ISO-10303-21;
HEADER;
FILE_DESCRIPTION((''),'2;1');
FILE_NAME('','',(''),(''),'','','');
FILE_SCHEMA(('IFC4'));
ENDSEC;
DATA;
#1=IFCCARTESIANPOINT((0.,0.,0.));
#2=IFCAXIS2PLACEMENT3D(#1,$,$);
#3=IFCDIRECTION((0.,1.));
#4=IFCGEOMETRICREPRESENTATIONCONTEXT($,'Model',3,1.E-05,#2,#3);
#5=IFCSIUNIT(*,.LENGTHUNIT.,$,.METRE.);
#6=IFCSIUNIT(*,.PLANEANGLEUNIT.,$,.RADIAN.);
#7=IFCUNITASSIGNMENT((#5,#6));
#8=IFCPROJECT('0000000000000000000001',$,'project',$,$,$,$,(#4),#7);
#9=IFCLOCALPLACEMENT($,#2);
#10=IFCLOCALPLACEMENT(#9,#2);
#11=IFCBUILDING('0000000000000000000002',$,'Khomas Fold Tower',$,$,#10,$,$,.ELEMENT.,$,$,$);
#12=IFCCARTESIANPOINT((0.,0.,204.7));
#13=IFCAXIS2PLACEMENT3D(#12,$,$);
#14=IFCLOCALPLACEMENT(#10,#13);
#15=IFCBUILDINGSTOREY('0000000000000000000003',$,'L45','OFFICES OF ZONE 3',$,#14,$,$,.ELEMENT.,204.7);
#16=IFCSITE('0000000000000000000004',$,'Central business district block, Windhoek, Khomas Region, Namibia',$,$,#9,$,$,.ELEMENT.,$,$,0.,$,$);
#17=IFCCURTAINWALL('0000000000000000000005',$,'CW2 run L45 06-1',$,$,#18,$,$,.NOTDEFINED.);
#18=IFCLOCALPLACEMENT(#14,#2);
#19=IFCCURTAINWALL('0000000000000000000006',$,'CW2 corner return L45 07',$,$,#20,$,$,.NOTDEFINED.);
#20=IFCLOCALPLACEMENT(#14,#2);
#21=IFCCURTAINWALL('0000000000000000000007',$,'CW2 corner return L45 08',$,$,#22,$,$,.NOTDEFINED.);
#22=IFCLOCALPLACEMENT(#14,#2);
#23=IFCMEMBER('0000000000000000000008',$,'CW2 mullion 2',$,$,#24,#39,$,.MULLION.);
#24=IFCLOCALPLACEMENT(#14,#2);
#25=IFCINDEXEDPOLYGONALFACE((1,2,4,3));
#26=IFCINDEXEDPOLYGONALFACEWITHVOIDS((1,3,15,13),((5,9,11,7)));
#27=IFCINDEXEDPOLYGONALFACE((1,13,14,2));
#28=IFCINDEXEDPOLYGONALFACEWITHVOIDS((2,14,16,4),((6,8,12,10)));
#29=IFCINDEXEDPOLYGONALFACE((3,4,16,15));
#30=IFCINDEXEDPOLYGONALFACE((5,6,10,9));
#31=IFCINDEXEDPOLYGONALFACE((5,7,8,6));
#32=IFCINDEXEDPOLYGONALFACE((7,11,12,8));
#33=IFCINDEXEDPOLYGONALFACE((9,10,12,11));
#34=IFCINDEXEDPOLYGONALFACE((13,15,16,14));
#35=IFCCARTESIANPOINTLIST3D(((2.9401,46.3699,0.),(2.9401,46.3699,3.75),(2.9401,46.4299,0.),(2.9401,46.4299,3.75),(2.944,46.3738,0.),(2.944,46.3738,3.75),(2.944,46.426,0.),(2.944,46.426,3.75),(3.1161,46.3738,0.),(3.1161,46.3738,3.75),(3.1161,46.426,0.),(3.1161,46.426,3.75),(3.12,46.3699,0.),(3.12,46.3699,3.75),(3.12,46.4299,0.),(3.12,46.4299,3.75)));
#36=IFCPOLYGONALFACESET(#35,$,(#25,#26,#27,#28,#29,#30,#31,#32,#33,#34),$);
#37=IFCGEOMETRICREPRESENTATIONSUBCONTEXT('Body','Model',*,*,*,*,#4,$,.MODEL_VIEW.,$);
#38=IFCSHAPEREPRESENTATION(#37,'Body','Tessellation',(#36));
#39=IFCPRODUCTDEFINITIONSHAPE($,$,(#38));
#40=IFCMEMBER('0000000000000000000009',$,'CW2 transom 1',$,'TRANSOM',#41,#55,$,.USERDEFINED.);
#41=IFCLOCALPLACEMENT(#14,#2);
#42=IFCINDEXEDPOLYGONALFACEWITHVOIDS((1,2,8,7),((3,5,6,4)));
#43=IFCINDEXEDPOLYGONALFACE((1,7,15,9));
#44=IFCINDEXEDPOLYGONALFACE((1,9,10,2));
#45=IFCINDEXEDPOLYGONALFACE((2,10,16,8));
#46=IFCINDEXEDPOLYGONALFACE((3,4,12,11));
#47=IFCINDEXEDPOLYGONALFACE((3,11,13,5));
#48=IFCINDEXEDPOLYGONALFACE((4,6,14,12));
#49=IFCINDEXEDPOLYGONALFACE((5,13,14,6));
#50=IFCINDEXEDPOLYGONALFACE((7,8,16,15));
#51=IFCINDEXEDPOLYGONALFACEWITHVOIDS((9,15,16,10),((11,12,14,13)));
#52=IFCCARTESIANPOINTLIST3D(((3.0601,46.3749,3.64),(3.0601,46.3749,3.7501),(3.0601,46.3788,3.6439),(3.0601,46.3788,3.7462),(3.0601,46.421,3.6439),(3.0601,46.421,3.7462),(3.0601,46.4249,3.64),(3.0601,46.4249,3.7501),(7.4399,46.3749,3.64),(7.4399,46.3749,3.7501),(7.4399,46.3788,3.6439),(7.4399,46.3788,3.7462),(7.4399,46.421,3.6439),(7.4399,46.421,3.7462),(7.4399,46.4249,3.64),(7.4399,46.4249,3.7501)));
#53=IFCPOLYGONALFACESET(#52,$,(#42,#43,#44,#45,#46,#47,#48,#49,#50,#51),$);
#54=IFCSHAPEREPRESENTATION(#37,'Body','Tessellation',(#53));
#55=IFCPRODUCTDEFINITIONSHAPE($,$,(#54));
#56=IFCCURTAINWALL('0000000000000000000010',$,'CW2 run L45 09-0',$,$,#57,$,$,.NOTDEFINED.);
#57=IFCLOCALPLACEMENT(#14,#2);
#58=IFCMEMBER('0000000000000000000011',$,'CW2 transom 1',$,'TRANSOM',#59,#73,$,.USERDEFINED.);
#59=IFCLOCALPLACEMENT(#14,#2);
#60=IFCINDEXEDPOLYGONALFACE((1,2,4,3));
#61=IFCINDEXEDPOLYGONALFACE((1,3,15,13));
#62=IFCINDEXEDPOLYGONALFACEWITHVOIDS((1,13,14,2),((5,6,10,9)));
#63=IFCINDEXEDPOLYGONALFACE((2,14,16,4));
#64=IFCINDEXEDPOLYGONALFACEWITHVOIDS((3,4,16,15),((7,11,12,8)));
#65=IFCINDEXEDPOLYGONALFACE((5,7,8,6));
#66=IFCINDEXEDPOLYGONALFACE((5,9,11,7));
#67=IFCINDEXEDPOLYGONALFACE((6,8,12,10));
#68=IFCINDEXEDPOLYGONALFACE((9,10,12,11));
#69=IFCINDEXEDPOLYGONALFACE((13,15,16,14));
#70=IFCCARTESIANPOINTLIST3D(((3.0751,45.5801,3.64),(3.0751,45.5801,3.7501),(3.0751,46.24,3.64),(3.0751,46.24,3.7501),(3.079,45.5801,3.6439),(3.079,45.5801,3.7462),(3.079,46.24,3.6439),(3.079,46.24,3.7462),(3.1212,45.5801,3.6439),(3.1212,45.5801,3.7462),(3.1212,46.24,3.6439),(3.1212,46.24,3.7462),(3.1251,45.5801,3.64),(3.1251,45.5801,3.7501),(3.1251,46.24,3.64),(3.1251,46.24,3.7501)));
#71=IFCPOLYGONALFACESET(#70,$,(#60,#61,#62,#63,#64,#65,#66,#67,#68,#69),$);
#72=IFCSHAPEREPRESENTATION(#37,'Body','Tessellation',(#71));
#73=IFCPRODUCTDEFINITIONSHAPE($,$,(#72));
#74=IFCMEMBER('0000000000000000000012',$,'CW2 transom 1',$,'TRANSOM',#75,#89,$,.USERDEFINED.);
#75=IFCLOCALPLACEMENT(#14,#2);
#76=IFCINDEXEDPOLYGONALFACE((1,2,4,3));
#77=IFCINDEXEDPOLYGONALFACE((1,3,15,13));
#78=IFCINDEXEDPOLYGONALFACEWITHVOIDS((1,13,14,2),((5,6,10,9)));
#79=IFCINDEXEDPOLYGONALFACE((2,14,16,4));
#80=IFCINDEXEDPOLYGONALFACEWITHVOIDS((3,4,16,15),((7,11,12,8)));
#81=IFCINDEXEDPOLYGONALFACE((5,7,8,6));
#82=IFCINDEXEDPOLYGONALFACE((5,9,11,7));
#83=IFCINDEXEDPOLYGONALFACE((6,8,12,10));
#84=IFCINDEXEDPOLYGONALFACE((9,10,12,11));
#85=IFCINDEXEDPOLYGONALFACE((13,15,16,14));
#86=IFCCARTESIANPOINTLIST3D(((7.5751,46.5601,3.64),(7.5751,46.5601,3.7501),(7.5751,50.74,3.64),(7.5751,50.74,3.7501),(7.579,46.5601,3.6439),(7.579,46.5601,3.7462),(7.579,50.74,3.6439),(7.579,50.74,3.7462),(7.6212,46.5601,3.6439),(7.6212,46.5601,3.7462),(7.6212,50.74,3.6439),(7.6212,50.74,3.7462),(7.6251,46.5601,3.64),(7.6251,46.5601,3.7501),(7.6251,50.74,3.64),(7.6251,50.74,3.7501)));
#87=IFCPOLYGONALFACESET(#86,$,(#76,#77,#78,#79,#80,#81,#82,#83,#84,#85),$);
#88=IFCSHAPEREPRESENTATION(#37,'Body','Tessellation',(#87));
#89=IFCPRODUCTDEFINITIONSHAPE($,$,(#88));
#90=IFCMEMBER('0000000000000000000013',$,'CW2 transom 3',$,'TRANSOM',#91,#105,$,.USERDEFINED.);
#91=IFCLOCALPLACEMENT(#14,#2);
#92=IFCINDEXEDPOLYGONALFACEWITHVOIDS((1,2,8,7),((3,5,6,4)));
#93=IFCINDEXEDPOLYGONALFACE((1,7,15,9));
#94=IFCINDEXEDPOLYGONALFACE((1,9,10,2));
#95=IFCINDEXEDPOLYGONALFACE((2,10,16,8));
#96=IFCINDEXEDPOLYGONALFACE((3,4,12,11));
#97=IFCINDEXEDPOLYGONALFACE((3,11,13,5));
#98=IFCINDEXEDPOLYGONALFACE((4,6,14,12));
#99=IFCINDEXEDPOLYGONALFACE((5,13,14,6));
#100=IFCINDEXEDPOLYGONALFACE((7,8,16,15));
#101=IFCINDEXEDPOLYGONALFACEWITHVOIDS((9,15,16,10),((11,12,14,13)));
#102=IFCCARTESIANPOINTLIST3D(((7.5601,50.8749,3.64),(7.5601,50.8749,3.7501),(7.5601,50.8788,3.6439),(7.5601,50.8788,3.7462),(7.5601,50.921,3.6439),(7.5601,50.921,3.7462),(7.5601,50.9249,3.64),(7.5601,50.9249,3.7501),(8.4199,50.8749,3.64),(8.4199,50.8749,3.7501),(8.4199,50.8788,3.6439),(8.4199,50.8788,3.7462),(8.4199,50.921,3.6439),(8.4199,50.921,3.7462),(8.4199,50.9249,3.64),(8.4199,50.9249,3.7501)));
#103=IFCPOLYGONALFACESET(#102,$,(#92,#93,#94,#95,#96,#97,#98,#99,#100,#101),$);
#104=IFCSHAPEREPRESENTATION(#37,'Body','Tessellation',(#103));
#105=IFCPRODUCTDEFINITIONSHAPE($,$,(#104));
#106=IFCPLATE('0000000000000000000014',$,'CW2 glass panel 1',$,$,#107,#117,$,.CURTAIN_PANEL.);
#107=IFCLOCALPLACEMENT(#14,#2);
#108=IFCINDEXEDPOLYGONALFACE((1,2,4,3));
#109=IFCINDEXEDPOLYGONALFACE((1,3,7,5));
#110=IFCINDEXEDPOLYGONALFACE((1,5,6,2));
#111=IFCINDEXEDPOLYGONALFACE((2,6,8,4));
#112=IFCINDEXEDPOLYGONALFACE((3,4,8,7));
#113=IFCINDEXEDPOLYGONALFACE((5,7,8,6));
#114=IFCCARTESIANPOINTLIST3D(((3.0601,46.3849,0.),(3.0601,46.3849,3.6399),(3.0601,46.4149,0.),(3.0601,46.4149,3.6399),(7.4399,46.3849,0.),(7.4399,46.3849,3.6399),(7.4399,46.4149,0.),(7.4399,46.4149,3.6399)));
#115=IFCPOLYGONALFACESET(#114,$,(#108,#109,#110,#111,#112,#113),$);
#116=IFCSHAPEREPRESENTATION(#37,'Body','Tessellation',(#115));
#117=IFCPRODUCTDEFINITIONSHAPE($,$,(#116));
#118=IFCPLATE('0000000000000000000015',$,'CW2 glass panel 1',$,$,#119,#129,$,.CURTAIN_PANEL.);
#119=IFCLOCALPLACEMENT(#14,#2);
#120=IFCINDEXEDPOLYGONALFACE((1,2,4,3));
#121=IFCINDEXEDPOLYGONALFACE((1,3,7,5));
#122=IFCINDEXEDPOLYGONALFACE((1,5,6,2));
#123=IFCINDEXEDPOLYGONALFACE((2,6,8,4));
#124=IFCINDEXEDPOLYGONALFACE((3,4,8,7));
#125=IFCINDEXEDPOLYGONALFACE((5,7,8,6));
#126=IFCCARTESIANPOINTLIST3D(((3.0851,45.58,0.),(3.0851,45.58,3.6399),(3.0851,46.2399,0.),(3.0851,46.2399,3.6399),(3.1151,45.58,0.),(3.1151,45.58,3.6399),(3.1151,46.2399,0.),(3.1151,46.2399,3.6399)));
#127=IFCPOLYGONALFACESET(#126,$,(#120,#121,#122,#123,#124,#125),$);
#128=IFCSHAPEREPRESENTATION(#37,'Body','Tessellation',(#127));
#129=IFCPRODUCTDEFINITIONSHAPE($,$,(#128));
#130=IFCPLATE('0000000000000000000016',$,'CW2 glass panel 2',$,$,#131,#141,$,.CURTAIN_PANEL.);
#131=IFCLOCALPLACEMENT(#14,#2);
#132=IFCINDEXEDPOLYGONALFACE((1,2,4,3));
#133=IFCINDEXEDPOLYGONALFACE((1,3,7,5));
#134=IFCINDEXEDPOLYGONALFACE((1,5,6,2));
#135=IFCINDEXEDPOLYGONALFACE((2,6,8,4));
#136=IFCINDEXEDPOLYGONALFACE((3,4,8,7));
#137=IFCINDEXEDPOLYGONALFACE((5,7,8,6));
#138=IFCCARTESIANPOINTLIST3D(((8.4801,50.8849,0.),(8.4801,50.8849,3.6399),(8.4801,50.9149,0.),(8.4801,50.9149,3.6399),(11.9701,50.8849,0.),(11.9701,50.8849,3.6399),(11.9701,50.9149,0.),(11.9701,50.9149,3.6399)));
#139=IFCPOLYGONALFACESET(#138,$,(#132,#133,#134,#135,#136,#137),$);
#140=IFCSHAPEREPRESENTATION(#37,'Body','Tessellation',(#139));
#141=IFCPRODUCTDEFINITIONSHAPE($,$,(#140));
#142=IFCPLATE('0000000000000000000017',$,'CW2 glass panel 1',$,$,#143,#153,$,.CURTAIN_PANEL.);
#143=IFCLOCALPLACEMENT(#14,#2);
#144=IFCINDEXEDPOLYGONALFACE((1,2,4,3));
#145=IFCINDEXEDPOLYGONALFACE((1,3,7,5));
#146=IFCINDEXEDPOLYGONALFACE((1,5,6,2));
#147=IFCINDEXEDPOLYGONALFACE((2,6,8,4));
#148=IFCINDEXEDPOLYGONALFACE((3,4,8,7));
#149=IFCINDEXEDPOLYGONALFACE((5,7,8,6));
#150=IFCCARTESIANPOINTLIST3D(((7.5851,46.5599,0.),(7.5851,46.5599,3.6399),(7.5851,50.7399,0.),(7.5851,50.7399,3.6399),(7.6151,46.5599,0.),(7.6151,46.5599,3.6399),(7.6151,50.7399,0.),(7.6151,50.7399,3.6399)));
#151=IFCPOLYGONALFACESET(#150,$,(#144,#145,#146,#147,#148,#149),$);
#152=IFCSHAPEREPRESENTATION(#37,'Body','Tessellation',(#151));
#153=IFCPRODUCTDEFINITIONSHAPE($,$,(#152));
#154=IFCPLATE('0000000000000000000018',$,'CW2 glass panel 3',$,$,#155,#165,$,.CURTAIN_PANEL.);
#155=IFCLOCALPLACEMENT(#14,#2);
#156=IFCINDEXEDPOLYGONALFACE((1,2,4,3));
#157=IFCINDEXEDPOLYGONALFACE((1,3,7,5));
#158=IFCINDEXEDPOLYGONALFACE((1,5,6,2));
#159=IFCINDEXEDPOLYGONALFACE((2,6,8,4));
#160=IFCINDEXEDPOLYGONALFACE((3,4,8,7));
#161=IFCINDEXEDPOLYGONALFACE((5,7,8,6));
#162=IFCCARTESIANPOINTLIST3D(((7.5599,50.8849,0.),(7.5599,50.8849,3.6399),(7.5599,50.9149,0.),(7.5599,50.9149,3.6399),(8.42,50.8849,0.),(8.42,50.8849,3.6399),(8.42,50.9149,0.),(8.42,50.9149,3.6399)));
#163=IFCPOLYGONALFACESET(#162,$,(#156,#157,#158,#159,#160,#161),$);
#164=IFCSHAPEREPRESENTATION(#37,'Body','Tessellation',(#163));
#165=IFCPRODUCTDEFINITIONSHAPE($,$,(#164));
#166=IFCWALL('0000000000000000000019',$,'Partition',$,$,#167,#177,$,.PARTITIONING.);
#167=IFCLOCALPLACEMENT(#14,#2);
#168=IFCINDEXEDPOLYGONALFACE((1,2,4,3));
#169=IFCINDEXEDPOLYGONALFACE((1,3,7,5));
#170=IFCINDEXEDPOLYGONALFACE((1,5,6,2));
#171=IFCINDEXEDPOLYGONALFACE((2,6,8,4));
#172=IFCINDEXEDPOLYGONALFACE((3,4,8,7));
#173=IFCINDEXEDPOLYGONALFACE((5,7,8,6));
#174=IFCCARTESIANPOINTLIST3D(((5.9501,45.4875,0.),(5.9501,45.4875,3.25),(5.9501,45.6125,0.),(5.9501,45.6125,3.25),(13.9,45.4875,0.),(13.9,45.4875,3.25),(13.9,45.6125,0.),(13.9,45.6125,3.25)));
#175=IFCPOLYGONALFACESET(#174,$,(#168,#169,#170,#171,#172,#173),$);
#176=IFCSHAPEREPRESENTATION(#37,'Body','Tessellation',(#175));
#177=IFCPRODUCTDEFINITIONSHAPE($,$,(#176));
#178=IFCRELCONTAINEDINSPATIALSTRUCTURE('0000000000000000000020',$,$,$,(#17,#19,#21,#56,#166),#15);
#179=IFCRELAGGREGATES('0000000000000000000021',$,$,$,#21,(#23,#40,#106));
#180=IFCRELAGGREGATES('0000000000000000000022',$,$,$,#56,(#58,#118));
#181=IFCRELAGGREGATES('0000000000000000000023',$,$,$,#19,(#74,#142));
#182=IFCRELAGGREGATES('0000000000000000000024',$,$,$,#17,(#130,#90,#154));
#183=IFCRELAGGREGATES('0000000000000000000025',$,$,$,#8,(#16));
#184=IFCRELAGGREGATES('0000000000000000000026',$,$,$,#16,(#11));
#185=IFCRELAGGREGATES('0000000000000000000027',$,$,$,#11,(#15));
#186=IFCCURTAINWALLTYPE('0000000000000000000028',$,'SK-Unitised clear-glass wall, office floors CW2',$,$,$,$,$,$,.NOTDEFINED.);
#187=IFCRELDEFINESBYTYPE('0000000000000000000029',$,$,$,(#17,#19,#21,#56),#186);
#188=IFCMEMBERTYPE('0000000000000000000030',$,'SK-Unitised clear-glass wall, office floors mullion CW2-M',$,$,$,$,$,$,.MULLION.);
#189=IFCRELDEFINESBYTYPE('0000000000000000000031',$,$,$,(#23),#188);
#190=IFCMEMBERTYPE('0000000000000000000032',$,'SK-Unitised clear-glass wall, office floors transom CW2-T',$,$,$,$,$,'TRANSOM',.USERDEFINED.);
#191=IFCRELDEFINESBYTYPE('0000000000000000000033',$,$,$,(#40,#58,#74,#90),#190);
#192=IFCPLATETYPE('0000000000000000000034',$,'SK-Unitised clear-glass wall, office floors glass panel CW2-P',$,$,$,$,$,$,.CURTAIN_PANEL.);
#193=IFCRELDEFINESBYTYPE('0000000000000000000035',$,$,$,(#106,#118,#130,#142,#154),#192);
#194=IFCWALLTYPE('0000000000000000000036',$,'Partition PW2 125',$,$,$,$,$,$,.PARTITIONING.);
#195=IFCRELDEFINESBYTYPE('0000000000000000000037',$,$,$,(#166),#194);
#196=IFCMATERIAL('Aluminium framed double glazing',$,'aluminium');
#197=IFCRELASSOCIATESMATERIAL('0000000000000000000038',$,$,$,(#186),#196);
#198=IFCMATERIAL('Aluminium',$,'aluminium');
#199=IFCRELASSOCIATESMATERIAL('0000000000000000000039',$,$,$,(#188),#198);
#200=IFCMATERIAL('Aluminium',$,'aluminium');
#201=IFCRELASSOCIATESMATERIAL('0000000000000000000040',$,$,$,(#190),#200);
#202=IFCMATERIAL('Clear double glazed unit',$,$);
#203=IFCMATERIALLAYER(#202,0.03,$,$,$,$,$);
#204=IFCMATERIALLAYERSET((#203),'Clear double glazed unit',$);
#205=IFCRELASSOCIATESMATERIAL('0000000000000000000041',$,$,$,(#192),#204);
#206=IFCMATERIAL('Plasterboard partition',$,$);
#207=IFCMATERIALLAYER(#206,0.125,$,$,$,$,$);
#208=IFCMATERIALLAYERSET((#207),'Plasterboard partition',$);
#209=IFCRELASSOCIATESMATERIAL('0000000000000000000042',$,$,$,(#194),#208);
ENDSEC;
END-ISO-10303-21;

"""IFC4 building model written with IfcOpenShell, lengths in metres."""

from ifc_helpers import new_model, si_unit, direction, frame, frame_2d, origin, origin_2d, place, context, subcontext, project, spatial, rectangle, hollow_rectangle, extrude, source, transform, mapped, material, layer, layer_set, material_profile, profile_set, type_object, element, aggregate, save


model = new_model("IFC4")

# Units and contexts
model_context = context("Model", 3, precision=1e-05, world=origin(), true_north=direction((0.0, 1.0)))
body_context = subcontext(model_context, "Body", "Model", "MODEL_VIEW")
ifc_project = project(units=[si_unit("LENGTHUNIT", "METRE"), si_unit("PLANEANGLEUNIT", "RADIAN")], contexts=[model_context])

# Site, building, storey
site_placement = place(None, origin())
site = spatial("IfcSite", under=ifc_project, at=site_placement, Name="Central business district block, Windhoek, Khomas Region, Namibia", CompositionType="ELEMENT", RefElevation=0.0)
building_placement = place(site_placement, origin())
building = spatial("IfcBuilding", under=site, at=building_placement, Name="Khomas Fold Tower", CompositionType="ELEMENT")
storey_placement = place(building_placement, frame((0.0, 0.0, 204.7)))
storey = spatial("IfcBuildingStorey", under=building, at=storey_placement, Name="L45", Description="OFFICES OF ZONE 3", CompositionType="ELEMENT", Elevation=204.7)

# Curtain walls, members
ifc_material_1 = material(Name="Aluminium framed double glazing", Category="aluminium")
curtain_wall_type = type_object("IfcCurtainWallType", Name="SK-Unitised clear-glass wall, office floors CW2", PredefinedType="NOTDEFINED", material=ifc_material_1)
curtain_wall_1_placement = place(storey_placement, origin())
curtain_wall_1 = element("IfcCurtainWall", 1, at=curtain_wall_1_placement, inside=storey, type_object=curtain_wall_type, Name="CW2 run L45 06-1", PredefinedType="NOTDEFINED")
ifc_material_2 = material(Name="Aluminium", Category="aluminium")
ifc_material_profile_1 = material_profile(ifc_material_2, hollow_rectangle(XDim=0.0601, YDim=0.1799, WallThickness=0.0039, at=origin_2d()), Name="SK-Unitised clear-glass wall, office floors mullion CW2-M")
ifc_profile_set_1 = profile_set([ifc_material_profile_1], Name="Aluminium")
member_type_1 = type_object("IfcMemberType", Name="SK-Unitised clear-glass wall, office floors mullion CW2-M", PredefinedType="MULLION", material=ifc_profile_set_1)
shared_shape_1 = source(origin(), body_context, "Body", "SweptSolid", [
    extrude(hollow_rectangle(XDim=0.0601, YDim=0.1799, WallThickness=0.0039, at=origin_2d()), origin(), (0.0, 0.0, 1.0), 3.75),
])
curtain_wall_2_placement = place(storey_placement, origin())
curtain_wall_2 = element("IfcCurtainWall", 2, at=curtain_wall_2_placement, inside=storey, type_object=curtain_wall_type, Name="CW2 corner return L45 07", PredefinedType="NOTDEFINED")
curtain_wall_3_placement = place(storey_placement, origin())
curtain_wall_3 = element("IfcCurtainWall", 3, at=curtain_wall_3_placement, inside=storey, type_object=curtain_wall_type, Name="CW2 corner return L45 08", PredefinedType="NOTDEFINED")
member_1_placement = place(storey_placement, frame((3.03, 46.3999, 0.0), z_axis=(0.0, 0.0, 1.0), x_axis=(0.0, -1.0, 0.0)))
member_1 = element("IfcMember", 4, at=member_1_placement, type_object=member_type_1, Name="CW2 mullion 2", PredefinedType="MULLION", context=body_context, shape_type="MappedRepresentation", body=[
    mapped(shared_shape_1, transform((0.0, 0.0, 0.0))),
])
ifc_material_3 = material(Name="Aluminium", Category="aluminium")
ifc_material_profile_2 = material_profile(ifc_material_3, hollow_rectangle(XDim=0.05, YDim=0.1101, WallThickness=0.0039, at=origin_2d()), Name="SK-Unitised clear-glass wall, office floors transom CW2-T")
ifc_profile_set_2 = profile_set([ifc_material_profile_2], Name="Aluminium")
member_type_2 = type_object("IfcMemberType", Name="SK-Unitised clear-glass wall, office floors transom CW2-T", ElementType="TRANSOM", PredefinedType="USERDEFINED", material=ifc_profile_set_2)
shared_shape_2 = source(origin(), body_context, "Body", "SweptSolid", [
    extrude(hollow_rectangle(XDim=0.05, YDim=0.1101, WallThickness=0.0039, at=origin_2d()), origin(), (0.0, 0.0, 1.0), 4.3799),
])
member_2_placement = place(storey_placement, frame((7.4399, 46.3999, 3.6951), z_axis=(-1.0, 0.0, 0.0), x_axis=(0.0, -1.0, 0.0)))
member_2 = element("IfcMember", 5, at=member_2_placement, type_object=member_type_2, Name="CW2 transom 1", ObjectType="TRANSOM", PredefinedType="USERDEFINED", context=body_context, shape_type="MappedRepresentation", body=[
    mapped(shared_shape_2, transform((0.0, 0.0, 0.0))),
])

# Curtain wall, member
curtain_wall_4_placement = place(storey_placement, origin())
curtain_wall_4 = element("IfcCurtainWall", 6, at=curtain_wall_4_placement, inside=storey, type_object=curtain_wall_type, Name="CW2 run L45 09-0", PredefinedType="NOTDEFINED")
shared_shape_3 = source(origin(), body_context, "Body", "SweptSolid", [
    extrude(hollow_rectangle(XDim=0.05, YDim=0.1101, WallThickness=0.0039, at=origin_2d()), origin(), (0.0, 0.0, 1.0), 0.6599),
])
member_3_placement = place(storey_placement, frame((3.1001, 46.24, 3.6951), z_axis=(0.0, -1.0, 0.0), x_axis=(1.0, 0.0, 0.0)))
member_3 = element("IfcMember", 7, at=member_3_placement, type_object=member_type_2, Name="CW2 transom 1", ObjectType="TRANSOM", PredefinedType="USERDEFINED", context=body_context, shape_type="MappedRepresentation", body=[
    mapped(shared_shape_3, transform((0.0, 0.0, 0.0))),
])

# Members
shared_shape_4 = source(origin(), body_context, "Body", "SweptSolid", [
    extrude(hollow_rectangle(XDim=0.05, YDim=0.1101, WallThickness=0.0039, at=origin_2d()), origin(), (0.0, 0.0, 1.0), 4.1799),
])
member_4_placement = place(storey_placement, frame((7.6001, 50.74, 3.6951), z_axis=(0.0, -1.0, 0.0), x_axis=(1.0, 0.0, 0.0)))
member_4 = element("IfcMember", 8, at=member_4_placement, type_object=member_type_2, Name="CW2 transom 1", ObjectType="TRANSOM", PredefinedType="USERDEFINED", context=body_context, shape_type="MappedRepresentation", body=[
    mapped(shared_shape_4, transform((0.0, 0.0, 0.0))),
])
shared_shape_5 = source(origin(), body_context, "Body", "SweptSolid", [
    extrude(hollow_rectangle(XDim=0.05, YDim=0.1101, WallThickness=0.0039, at=origin_2d()), origin(), (0.0, 0.0, 1.0), 0.8599),
])
member_5_placement = place(storey_placement, frame((8.4199, 50.8999, 3.6951), z_axis=(-1.0, 0.0, 0.0), x_axis=(0.0, -1.0, 0.0)))
member_5 = element("IfcMember", 9, at=member_5_placement, type_object=member_type_2, Name="CW2 transom 3", ObjectType="TRANSOM", PredefinedType="USERDEFINED", context=body_context, shape_type="MappedRepresentation", body=[
    mapped(shared_shape_5, transform((0.0, 0.0, 0.0))),
])

# Plates
ifc_material_4 = material(Name="Clear double glazed unit")
ifc_layer_1 = layer(ifc_material_4, 0.03)
ifc_layer_set_1 = layer_set([ifc_layer_1], Name="Clear double glazed unit")
plate_type = type_object("IfcPlateType", Name="SK-Unitised clear-glass wall, office floors glass panel CW2-P", PredefinedType="CURTAIN_PANEL", material=ifc_layer_set_1)
shared_shape_6 = source(origin(), body_context, "Body", "SweptSolid", [
    extrude(rectangle(XDim=4.3799, YDim=0.03, at=origin_2d()), origin(), (0.0, 0.0, 1.0), 3.6399),
])
plate_1_placement = place(storey_placement, frame((5.25, 46.3999, 0.0), z_axis=(0.0, 0.0, 1.0), x_axis=(-1.0, 0.0, 0.0)))
plate_1 = element("IfcPlate", 10, at=plate_1_placement, type_object=plate_type, Name="CW2 glass panel 1", PredefinedType="CURTAIN_PANEL", context=body_context, shape_type="MappedRepresentation", body=[
    mapped(shared_shape_6, transform((0.0, 0.0, 0.0))),
])
aggregate(curtain_wall_3, [member_1, member_2, plate_1])
shared_shape_7 = source(origin(), body_context, "Body", "SweptSolid", [
    extrude(rectangle(XDim=0.6599, YDim=0.03, at=origin_2d()), origin(), (0.0, 0.0, 1.0), 3.6399),
])
plate_2_placement = place(storey_placement, frame((3.1001, 45.9099, 0.0), z_axis=(0.0, 0.0, 1.0), x_axis=(0.0, -1.0, 0.0)))
plate_2 = element("IfcPlate", 11, at=plate_2_placement, type_object=plate_type, Name="CW2 glass panel 1", PredefinedType="CURTAIN_PANEL", context=body_context, shape_type="MappedRepresentation", body=[
    mapped(shared_shape_7, transform((0.0, 0.0, 0.0))),
])
aggregate(curtain_wall_4, [member_3, plate_2])
shared_shape_8 = source(origin(), body_context, "Body", "SweptSolid", [
    extrude(rectangle(XDim=3.49, YDim=0.03, at=origin_2d()), origin(), (0.0, 0.0, 1.0), 3.6399),
])
plate_3_placement = place(storey_placement, frame((10.2251, 50.8999, 0.0), z_axis=(0.0, 0.0, 1.0), x_axis=(-1.0, 0.0, 0.0)))
plate_3 = element("IfcPlate", 12, at=plate_3_placement, type_object=plate_type, Name="CW2 glass panel 2", PredefinedType="CURTAIN_PANEL", context=body_context, shape_type="MappedRepresentation", body=[
    mapped(shared_shape_8, transform((0.0, 0.0, 0.0))),
])
shared_shape_9 = source(origin(), body_context, "Body", "SweptSolid", [
    extrude(rectangle(XDim=4.1799, YDim=0.03, at=origin_2d()), origin(), (0.0, 0.0, 1.0), 3.6399),
])
plate_4_placement = place(storey_placement, frame((7.6001, 48.6499, 0.0), z_axis=(0.0, 0.0, 1.0), x_axis=(0.0, -1.0, 0.0)))
plate_4 = element("IfcPlate", 13, at=plate_4_placement, type_object=plate_type, Name="CW2 glass panel 1", PredefinedType="CURTAIN_PANEL", context=body_context, shape_type="MappedRepresentation", body=[
    mapped(shared_shape_9, transform((0.0, 0.0, 0.0))),
])
aggregate(curtain_wall_2, [member_4, plate_4])
shared_shape_10 = source(origin(), body_context, "Body", "SweptSolid", [
    extrude(rectangle(XDim=0.8601, YDim=0.03, at=origin_2d()), origin(), (0.0, 0.0, 1.0), 3.6399),
])
plate_5_placement = place(storey_placement, frame((7.99, 50.8999, 0.0), z_axis=(0.0, 0.0, 1.0), x_axis=(-1.0, 0.0, 0.0)))
plate_5 = element("IfcPlate", 14, at=plate_5_placement, type_object=plate_type, Name="CW2 glass panel 3", PredefinedType="CURTAIN_PANEL", context=body_context, shape_type="MappedRepresentation", body=[
    mapped(shared_shape_10, transform((0.0, 0.0, 0.0))),
])
aggregate(curtain_wall_1, [plate_3, member_5, plate_5])

# Wall
ifc_material_5 = material(Name="Plasterboard partition")
ifc_layer_2 = layer(ifc_material_5, 0.125)
ifc_layer_set_2 = layer_set([ifc_layer_2], Name="Plasterboard partition")
wall_type = type_object("IfcWallType", Name="Partition PW2 125", PredefinedType="PARTITIONING", material=ifc_layer_set_2)
shared_shape_11 = source(origin(), body_context, "Body", "SweptSolid", [
    extrude(rectangle(XDim=7.95, YDim=0.125, at=frame_2d((3.9751, 0.0))), origin(), (0.0, 0.0, 1.0), 3.25),
])
wall_1_placement = place(storey_placement, frame((5.95, 45.55, 0.0), z_axis=(0.0, 0.0, 1.0), x_axis=(1.0, 0.0, 0.0)))
element("IfcWall", 15, at=wall_1_placement, inside=storey, type_object=wall_type, Name="Partition", PredefinedType="PARTITIONING", context=body_context, shape_type="MappedRepresentation", body=[
    mapped(shared_shape_11, transform((0.0, 0.0, 0.0))),
])

save(model, "model.ifc")
